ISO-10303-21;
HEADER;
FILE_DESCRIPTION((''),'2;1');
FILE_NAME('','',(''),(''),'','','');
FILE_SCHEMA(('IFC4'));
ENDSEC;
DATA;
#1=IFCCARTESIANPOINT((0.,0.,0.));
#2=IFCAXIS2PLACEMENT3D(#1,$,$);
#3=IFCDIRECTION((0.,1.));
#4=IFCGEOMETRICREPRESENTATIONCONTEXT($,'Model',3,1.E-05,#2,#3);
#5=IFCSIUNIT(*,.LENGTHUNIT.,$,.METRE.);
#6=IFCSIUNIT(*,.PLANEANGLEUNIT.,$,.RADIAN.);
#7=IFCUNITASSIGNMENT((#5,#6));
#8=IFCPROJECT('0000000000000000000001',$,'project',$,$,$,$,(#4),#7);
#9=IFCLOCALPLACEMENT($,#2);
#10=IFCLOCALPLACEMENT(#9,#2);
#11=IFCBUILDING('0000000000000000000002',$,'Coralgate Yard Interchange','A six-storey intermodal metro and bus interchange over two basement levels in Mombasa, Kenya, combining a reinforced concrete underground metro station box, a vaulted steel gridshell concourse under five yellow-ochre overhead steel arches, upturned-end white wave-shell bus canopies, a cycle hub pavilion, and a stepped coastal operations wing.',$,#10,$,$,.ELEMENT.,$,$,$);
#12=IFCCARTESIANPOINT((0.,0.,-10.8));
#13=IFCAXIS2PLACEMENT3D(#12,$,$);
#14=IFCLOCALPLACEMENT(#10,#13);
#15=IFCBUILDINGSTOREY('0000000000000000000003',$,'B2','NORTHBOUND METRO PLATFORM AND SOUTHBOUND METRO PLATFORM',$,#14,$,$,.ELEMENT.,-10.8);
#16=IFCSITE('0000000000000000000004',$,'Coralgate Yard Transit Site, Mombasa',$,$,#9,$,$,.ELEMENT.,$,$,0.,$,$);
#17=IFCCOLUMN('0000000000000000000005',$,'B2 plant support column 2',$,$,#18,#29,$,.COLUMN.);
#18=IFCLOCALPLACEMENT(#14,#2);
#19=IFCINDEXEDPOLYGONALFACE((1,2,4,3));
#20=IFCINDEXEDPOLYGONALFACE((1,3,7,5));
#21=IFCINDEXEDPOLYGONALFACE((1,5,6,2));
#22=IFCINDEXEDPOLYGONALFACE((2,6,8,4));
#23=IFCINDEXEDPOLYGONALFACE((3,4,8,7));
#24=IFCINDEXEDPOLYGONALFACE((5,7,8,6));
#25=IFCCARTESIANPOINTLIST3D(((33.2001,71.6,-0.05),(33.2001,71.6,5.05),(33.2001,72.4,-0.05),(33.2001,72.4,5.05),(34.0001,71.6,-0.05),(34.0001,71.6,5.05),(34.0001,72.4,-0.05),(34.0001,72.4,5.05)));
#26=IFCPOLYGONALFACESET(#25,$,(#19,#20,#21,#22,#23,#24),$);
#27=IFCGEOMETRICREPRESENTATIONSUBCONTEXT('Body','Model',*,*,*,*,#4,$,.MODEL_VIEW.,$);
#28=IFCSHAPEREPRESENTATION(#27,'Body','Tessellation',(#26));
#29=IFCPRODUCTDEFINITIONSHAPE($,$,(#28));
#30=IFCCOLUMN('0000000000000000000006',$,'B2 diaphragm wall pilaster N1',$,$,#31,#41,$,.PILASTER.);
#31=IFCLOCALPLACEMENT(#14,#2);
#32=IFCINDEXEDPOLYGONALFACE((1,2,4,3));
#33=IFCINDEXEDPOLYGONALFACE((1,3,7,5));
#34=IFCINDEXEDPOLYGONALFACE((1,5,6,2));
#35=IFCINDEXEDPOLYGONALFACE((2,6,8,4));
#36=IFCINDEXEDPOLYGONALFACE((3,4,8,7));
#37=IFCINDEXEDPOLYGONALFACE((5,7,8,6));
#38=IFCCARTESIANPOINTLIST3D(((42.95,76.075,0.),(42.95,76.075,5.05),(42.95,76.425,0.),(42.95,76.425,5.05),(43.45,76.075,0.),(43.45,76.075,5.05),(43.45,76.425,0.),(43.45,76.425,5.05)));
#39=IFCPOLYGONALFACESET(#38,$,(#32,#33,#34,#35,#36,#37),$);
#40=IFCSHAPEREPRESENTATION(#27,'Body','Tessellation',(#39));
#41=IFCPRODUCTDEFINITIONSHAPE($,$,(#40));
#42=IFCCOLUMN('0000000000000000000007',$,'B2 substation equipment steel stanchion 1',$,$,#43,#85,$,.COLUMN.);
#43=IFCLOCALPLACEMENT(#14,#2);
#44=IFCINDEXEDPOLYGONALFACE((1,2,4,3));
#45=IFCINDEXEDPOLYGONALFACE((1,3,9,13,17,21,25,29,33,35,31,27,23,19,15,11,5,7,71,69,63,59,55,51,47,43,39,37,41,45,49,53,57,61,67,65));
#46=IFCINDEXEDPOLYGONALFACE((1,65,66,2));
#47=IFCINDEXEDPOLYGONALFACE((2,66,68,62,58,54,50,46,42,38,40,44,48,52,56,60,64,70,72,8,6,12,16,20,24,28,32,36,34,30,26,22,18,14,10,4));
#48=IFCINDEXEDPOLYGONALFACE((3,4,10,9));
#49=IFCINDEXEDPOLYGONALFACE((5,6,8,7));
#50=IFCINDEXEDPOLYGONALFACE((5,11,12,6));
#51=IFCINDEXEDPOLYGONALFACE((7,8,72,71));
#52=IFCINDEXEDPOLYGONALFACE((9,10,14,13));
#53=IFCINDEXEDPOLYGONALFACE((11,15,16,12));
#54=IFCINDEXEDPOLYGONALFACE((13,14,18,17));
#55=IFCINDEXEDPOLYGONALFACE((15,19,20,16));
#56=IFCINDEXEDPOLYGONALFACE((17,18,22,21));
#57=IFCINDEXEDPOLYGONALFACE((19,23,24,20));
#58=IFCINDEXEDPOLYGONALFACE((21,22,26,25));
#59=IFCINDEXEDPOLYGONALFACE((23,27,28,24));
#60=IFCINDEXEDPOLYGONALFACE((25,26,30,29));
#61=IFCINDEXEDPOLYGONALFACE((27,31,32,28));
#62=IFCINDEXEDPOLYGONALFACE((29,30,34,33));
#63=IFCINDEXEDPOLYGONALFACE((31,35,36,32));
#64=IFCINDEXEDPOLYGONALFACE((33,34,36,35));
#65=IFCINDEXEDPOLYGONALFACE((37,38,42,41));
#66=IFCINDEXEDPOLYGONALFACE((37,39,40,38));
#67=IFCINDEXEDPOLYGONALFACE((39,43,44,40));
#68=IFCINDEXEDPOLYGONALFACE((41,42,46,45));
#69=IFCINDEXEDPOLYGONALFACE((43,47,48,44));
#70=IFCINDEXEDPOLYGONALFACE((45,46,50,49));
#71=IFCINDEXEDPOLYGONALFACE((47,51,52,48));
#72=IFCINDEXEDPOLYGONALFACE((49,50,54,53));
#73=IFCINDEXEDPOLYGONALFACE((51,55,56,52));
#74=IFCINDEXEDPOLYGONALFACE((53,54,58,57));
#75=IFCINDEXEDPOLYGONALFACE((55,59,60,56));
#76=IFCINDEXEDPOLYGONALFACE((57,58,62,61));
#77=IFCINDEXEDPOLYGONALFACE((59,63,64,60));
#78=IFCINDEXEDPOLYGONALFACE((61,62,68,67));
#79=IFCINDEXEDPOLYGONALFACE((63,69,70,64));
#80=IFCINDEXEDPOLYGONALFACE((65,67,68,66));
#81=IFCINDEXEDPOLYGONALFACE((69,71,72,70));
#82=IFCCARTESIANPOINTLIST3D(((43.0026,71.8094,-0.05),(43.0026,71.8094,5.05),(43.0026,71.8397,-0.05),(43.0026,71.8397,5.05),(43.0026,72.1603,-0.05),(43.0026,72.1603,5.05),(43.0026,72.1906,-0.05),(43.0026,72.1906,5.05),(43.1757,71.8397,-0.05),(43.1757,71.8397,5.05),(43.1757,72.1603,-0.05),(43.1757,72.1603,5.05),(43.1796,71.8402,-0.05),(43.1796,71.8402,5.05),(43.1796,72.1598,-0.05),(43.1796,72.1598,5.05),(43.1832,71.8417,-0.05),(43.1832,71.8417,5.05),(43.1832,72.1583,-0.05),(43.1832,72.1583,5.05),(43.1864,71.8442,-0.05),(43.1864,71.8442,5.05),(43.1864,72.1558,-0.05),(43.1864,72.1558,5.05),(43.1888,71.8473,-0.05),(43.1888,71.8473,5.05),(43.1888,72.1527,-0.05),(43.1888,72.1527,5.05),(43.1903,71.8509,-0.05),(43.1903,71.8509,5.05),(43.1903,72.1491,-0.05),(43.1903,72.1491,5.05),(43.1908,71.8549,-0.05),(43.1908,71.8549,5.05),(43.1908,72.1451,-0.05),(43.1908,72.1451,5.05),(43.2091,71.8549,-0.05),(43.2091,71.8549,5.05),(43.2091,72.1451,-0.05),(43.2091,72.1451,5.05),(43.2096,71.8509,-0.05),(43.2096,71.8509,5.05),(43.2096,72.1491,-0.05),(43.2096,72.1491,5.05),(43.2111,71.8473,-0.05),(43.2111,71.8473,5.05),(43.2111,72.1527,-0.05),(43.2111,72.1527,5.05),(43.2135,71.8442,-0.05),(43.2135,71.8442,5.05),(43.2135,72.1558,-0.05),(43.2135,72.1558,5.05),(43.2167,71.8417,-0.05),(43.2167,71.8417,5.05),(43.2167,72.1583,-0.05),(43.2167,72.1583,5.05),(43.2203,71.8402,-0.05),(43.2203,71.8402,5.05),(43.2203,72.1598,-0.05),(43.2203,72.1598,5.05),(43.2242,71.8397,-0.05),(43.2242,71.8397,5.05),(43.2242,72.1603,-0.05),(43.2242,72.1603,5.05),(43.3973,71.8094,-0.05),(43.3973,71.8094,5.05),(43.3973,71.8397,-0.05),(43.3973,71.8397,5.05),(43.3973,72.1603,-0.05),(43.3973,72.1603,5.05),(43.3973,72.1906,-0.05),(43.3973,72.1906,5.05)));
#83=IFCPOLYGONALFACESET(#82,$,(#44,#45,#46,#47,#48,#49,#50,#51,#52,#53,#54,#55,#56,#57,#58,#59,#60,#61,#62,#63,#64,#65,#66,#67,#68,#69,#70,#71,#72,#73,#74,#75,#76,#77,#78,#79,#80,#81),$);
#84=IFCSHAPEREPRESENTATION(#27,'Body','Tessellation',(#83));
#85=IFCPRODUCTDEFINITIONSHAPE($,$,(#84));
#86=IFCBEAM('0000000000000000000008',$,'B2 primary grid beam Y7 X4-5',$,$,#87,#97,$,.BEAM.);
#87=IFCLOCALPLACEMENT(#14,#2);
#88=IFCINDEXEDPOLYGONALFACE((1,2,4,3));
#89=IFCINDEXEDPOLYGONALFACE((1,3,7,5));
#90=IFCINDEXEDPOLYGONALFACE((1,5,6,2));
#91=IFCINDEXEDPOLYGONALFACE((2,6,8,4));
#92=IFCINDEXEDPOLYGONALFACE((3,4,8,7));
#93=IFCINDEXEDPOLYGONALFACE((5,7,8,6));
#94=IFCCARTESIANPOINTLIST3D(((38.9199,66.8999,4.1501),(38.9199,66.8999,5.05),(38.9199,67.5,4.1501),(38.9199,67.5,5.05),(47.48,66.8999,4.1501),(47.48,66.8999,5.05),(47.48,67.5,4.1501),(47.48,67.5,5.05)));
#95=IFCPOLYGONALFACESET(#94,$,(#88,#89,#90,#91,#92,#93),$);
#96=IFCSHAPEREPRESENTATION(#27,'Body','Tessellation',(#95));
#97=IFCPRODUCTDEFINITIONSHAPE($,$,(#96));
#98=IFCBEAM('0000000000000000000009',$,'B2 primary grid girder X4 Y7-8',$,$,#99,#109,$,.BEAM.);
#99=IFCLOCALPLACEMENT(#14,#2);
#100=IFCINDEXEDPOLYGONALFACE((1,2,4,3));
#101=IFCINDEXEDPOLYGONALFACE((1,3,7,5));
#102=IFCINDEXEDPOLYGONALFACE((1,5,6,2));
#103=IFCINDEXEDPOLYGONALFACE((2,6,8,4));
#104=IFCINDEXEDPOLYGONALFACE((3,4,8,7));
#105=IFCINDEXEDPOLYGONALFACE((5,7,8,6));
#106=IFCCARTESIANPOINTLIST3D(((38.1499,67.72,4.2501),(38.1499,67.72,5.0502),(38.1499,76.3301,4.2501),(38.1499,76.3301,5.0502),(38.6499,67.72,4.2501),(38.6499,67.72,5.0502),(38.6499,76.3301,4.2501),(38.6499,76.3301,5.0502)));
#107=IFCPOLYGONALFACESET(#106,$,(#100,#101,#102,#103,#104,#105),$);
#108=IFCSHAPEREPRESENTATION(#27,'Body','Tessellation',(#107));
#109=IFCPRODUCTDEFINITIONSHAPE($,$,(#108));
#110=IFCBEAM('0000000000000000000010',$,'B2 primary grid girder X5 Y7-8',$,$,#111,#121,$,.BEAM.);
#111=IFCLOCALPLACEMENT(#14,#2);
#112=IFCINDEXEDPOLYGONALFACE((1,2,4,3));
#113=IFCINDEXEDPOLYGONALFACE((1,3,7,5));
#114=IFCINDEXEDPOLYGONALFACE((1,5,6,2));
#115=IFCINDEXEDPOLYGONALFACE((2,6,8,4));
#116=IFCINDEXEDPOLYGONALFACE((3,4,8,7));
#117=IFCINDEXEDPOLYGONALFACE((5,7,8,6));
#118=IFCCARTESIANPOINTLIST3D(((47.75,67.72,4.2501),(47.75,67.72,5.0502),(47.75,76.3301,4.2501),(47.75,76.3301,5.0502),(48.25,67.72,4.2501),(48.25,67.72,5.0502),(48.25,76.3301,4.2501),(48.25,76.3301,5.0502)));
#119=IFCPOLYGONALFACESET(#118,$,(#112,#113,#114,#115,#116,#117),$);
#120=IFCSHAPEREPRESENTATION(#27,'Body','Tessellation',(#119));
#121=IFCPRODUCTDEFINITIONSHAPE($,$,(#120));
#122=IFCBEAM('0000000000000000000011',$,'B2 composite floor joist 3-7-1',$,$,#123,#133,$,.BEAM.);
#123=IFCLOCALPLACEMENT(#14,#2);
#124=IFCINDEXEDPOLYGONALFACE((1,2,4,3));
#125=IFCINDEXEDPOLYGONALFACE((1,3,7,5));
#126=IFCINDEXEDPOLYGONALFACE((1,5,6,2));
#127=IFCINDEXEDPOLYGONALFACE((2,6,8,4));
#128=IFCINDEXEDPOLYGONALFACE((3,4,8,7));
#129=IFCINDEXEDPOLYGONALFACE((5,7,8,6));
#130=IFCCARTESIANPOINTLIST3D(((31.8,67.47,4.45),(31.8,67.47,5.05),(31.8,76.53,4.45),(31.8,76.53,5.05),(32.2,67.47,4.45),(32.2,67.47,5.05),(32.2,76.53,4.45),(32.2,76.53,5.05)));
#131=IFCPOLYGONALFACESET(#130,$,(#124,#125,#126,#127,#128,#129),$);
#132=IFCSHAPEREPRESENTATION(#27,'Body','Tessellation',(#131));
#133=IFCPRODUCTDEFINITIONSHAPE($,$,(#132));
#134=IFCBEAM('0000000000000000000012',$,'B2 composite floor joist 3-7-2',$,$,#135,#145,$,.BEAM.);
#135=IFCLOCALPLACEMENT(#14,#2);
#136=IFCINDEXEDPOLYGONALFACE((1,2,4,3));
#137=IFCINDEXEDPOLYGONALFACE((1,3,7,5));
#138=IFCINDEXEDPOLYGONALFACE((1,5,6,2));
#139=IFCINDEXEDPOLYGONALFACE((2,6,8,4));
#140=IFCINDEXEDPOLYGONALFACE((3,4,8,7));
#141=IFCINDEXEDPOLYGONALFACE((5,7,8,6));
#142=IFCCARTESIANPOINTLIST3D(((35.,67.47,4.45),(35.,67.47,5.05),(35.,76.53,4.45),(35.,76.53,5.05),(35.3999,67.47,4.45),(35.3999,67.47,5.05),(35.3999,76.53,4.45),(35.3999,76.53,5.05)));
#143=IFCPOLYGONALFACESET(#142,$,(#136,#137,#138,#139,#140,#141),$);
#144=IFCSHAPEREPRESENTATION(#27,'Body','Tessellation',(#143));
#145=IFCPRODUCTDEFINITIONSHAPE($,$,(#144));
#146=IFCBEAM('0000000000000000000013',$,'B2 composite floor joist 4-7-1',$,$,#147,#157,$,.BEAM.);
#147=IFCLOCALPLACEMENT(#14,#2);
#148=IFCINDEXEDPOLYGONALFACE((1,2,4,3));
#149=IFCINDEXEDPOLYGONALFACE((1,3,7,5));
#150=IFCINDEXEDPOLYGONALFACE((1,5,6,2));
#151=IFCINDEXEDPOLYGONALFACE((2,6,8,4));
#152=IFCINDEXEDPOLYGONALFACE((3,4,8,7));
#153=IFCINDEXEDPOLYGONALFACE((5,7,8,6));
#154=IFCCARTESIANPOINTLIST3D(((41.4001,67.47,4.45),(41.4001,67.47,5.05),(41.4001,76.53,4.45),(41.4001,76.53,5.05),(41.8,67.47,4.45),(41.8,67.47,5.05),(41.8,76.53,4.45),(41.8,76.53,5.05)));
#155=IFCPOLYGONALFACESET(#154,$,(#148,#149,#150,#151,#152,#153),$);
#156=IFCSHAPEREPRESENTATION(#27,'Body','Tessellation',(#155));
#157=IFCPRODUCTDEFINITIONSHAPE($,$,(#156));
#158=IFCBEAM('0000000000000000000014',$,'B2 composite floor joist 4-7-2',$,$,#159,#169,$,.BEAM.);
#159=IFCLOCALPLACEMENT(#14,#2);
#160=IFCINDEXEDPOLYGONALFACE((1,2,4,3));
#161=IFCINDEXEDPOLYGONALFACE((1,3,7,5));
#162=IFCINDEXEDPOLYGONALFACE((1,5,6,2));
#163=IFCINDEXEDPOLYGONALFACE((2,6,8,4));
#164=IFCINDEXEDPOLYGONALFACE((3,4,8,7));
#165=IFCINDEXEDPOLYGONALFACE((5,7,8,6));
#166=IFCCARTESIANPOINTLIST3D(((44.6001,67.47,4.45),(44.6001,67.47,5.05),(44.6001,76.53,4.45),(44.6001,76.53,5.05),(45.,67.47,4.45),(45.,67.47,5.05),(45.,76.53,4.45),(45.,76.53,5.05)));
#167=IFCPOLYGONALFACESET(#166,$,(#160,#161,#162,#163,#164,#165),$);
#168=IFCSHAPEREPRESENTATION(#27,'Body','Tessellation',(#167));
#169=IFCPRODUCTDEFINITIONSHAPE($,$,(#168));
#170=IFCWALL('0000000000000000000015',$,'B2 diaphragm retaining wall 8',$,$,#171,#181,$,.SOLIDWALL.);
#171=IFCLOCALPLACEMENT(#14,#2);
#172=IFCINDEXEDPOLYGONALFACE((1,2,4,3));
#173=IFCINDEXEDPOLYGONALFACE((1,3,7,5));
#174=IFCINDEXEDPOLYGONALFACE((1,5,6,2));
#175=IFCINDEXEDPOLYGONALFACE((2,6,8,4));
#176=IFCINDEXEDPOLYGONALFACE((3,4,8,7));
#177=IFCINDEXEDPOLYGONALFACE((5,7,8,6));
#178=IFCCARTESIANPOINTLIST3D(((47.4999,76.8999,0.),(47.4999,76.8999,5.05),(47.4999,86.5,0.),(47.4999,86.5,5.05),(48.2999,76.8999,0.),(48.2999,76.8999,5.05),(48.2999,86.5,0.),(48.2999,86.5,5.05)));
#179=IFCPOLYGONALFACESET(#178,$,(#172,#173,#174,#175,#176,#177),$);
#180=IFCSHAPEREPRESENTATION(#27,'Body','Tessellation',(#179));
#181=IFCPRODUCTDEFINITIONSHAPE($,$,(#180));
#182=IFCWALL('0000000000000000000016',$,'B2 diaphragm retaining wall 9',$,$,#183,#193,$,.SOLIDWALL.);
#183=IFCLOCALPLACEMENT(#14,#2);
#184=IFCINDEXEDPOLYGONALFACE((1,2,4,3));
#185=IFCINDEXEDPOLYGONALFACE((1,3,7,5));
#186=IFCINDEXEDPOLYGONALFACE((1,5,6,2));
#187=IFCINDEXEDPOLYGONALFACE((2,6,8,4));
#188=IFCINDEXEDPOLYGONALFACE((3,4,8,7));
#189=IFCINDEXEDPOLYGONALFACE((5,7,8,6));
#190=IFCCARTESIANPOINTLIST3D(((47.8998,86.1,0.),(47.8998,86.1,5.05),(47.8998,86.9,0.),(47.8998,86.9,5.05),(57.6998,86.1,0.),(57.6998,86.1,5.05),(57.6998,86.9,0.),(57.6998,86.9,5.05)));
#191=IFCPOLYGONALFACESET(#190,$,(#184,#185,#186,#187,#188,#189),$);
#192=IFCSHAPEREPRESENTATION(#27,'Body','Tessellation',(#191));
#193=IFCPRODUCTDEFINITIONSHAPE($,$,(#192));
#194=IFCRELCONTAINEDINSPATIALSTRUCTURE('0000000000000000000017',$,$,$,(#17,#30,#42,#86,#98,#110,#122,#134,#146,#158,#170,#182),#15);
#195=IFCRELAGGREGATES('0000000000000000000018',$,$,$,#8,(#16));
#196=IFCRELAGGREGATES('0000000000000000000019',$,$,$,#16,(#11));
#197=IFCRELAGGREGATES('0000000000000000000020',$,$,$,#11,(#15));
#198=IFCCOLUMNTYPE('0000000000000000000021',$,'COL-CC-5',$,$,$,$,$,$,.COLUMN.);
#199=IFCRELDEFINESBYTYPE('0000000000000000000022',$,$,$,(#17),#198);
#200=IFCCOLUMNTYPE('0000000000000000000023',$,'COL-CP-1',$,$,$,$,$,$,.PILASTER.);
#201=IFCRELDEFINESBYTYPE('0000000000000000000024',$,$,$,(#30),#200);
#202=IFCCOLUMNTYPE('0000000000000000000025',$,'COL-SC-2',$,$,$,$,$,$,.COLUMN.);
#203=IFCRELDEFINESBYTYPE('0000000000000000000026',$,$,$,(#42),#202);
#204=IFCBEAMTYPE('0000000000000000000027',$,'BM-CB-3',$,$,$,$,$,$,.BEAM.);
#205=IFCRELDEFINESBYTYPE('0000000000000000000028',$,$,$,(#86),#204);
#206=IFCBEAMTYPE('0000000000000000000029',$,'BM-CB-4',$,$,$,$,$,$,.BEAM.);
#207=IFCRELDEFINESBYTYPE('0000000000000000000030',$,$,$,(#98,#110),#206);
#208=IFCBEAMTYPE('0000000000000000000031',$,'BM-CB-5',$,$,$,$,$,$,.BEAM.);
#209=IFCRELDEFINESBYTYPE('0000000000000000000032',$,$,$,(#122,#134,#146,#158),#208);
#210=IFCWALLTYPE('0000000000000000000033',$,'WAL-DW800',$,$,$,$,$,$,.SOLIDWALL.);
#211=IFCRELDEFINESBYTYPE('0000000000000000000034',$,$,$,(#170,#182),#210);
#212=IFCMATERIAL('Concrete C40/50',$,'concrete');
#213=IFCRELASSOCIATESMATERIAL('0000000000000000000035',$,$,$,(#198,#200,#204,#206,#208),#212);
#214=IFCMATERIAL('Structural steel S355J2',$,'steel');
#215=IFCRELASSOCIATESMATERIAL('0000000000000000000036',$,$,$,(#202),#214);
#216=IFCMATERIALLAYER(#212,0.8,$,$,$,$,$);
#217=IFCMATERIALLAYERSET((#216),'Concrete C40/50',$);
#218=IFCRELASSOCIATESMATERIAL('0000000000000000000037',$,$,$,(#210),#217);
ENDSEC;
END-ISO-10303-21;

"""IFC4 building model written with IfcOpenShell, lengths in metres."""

from ifc_helpers import new_model, si_unit, direction, frame, frame_2d, origin, origin_2d, place, context, subcontext, project, spatial, rectangle, i_section, extrude, material, layer, layer_set, material_profile, profile_set, type_object, element, save


model = new_model("IFC4")

# Units and contexts
model_context = context("Model", 3, precision=1e-05, world=origin(), true_north=direction((0.0, 1.0)))
body_context = subcontext(model_context, "Body", "Model", "MODEL_VIEW")
ifc_project = project(units=[si_unit("LENGTHUNIT", "METRE"), si_unit("PLANEANGLEUNIT", "RADIAN")], contexts=[model_context])

# Site, building, storey
site_placement = place(None, origin())
site = spatial("IfcSite", under=ifc_project, at=site_placement, Name="Coralgate Yard Transit Site, Mombasa", CompositionType="ELEMENT", RefElevation=0.0)
building_placement = place(site_placement, origin())
building = spatial("IfcBuilding", under=site, at=building_placement, Name="Coralgate Yard Interchange", Description="A six-storey intermodal metro and bus interchange over two basement levels in Mombasa, Kenya, combining a reinforced concrete underground metro station box, a vaulted steel gridshell concourse under five yellow-ochre overhead steel arches, upturned-end white wave-shell bus canopies, a cycle hub pavilion, and a stepped coastal operations wing.", CompositionType="ELEMENT")
storey_placement = place(building_placement, frame((0.0, 0.0, -10.8)))
storey = spatial("IfcBuildingStorey", under=building, at=storey_placement, Name="B2", Description="NORTHBOUND METRO PLATFORM AND SOUTHBOUND METRO PLATFORM", CompositionType="ELEMENT", Elevation=-10.8)

# Shared definitions
ifc_material_1 = material(Name="Concrete C40/50", Category="concrete")

# Columns
ifc_material_profile_1 = material_profile(ifc_material_1, rectangle(XDim=0.8, YDim=0.8, at=origin_2d()), Name="RC 800x800")
ifc_profile_set_1 = profile_set([ifc_material_profile_1], Name="Concrete C40/50")
column_type_1 = type_object("IfcColumnType", Name="COL-CC-5", PredefinedType="COLUMN", material=ifc_profile_set_1)
column_1_placement = place(storey_placement, frame((33.6001, 72.0, -0.05), z_axis=(0.0, 0.0, 1.0), x_axis=(1.0, 0.0, 0.0)))
element("IfcColumn", 1, at=column_1_placement, inside=storey, type_object=column_type_1, Name="B2 plant support column 2", PredefinedType="COLUMN", context=body_context, shape_type="SweptSolid", body=[
    extrude(rectangle(XDim=0.8, YDim=0.8, at=origin_2d()), origin(), (0.0, 0.0, 1.0), 5.1001),
])
ifc_material_profile_2 = material_profile(ifc_material_1, rectangle(XDim=0.5, YDim=0.3501, at=origin_2d()), Name="RC 500x350")
ifc_profile_set_2 = profile_set([ifc_material_profile_2], Name="Concrete C40/50")
column_type_2 = type_object("IfcColumnType", Name="COL-CP-1", PredefinedType="PILASTER", material=ifc_profile_set_2)
column_2_placement = place(storey_placement, frame((43.2, 76.25, 0.0), z_axis=(0.0, 0.0, 1.0), x_axis=(1.0, 0.0, 0.0)))
element("IfcColumn", 2, at=column_2_placement, inside=storey, type_object=column_type_2, Name="B2 diaphragm wall pilaster N1", PredefinedType="PILASTER", context=body_context, shape_type="SweptSolid", body=[
    extrude(rectangle(XDim=0.5, YDim=0.3501, at=origin_2d()), origin(), (0.0, 0.0, 1.0), 5.05),
])
ifc_material_2 = material(Name="Structural steel S355J2", Category="steel")
ifc_material_profile_3 = material_profile(ifc_material_2, i_section(OverallWidth=0.3948, OverallDepth=0.3811, WebThickness=0.0183, FlangeThickness=0.0303, FilletRadius=0.0151, at=origin_2d()), Name="UC 356x406x235")
ifc_profile_set_3 = profile_set([ifc_material_profile_3], Name="Structural steel S355J2")
column_type_3 = type_object("IfcColumnType", Name="COL-SC-2", PredefinedType="COLUMN", material=ifc_profile_set_3)
column_3_placement = place(storey_placement, frame((43.2, 72.0, -0.05), z_axis=(0.0, 0.0, 1.0), x_axis=(1.0, 0.0, 0.0)))
element("IfcColumn", 3, at=column_3_placement, inside=storey, type_object=column_type_3, Name="B2 substation equipment steel stanchion 1", PredefinedType="COLUMN", context=body_context, shape_type="SweptSolid", body=[
    extrude(i_section(OverallWidth=0.3948, OverallDepth=0.3811, WebThickness=0.0183, FlangeThickness=0.0303, FilletRadius=0.0151, at=origin_2d()), origin(), (0.0, 0.0, 1.0), 5.1001),
])

# Beams
ifc_material_profile_4 = material_profile(ifc_material_1, rectangle(XDim=0.6001, YDim=0.8999, at=origin_2d()), Name="RC 600x900")
ifc_profile_set_4 = profile_set([ifc_material_profile_4], Name="Concrete C40/50")
beam_type_1 = type_object("IfcBeamType", Name="BM-CB-3", PredefinedType="BEAM", material=ifc_profile_set_4)
beam_placement = place(storey_placement, frame((38.9199, 67.2, 4.6001), z_axis=(1.0, 0.0, 0.0), x_axis=(0.0, 1.0, 0.0)))
element("IfcBeam", 4, at=beam_placement, inside=storey, type_object=beam_type_1, Name="B2 primary grid beam Y7 X4-5", PredefinedType="BEAM", context=body_context, shape_type="SweptSolid", body=[
    extrude(rectangle(XDim=0.6001, YDim=0.8999, at=origin_2d()), origin(), (0.0, 0.0, 1.0), 8.5601),
])
ifc_material_profile_5 = material_profile(ifc_material_1, rectangle(XDim=0.5, YDim=0.8, at=origin_2d()), Name="RC 500x800")
ifc_profile_set_5 = profile_set([ifc_material_profile_5], Name="Concrete C40/50")
beam_type_2 = type_object("IfcBeamType", Name="BM-CB-4", PredefinedType="BEAM", material=ifc_profile_set_5)
for number, where, z_axis, x_axis, name in (
    (5, (38.3999, 67.72, 4.6501), (0.0, 1.0, 0.0), (-1.0, 0.0, 0.0), "B2 primary grid girder X4 Y7-8"),
    (6, (48.0, 67.72, 4.6501), (0.0, 1.0, 0.0), (-1.0, 0.0, 0.0), "B2 primary grid girder X5 Y7-8"),
):
    element("IfcBeam", number, at=place(storey_placement, frame(where, z_axis=z_axis, x_axis=x_axis)), inside=storey, type_object=beam_type_2, Name=name, PredefinedType="BEAM", context=body_context, shape_type="SweptSolid", body=[
        extrude(rectangle(XDim=0.5, YDim=0.8, at=origin_2d()), origin(), (0.0, 0.0, 1.0), 8.6101),
    ])
ifc_material_profile_6 = material_profile(ifc_material_1, rectangle(XDim=0.3999, YDim=0.6001, at=origin_2d()), Name="RC 400x600")
ifc_profile_set_6 = profile_set([ifc_material_profile_6], Name="Concrete C40/50")
beam_type_3 = type_object("IfcBeamType", Name="BM-CB-5", PredefinedType="BEAM", material=ifc_profile_set_6)
for number, where, z_axis, x_axis, name in (
    (7, (32.0, 67.47, 4.75), (0.0, 1.0, 0.0), (-1.0, 0.0, 0.0), "B2 composite floor joist 3-7-1"),
    (8, (35.2, 67.47, 4.75), (0.0, 1.0, 0.0), (-1.0, 0.0, 0.0), "B2 composite floor joist 3-7-2"),
    (9, (41.6001, 67.47, 4.75), (0.0, 1.0, 0.0), (-1.0, 0.0, 0.0), "B2 composite floor joist 4-7-1"),
    (10, (44.8, 67.47, 4.75), (0.0, 1.0, 0.0), (-1.0, 0.0, 0.0), "B2 composite floor joist 4-7-2"),
):
    element("IfcBeam", number, at=place(storey_placement, frame(where, z_axis=z_axis, x_axis=x_axis)), inside=storey, type_object=beam_type_3, Name=name, PredefinedType="BEAM", context=body_context, shape_type="SweptSolid", body=[
        extrude(rectangle(XDim=0.3999, YDim=0.6001, at=origin_2d()), origin(), (0.0, 0.0, 1.0), 9.0601),
    ])

# Walls
ifc_layer_1 = layer(ifc_material_1, 0.8)
ifc_layer_set_1 = layer_set([ifc_layer_1], Name="Concrete C40/50")
wall_type_1 = type_object("IfcWallType", Name="WAL-DW800", PredefinedType="SOLIDWALL", material=ifc_layer_set_1)
wall_1_placement = place(storey_placement, frame((47.8999, 76.8999, 0.0), z_axis=(0.0, 0.0, 1.0), x_axis=(0.0, 1.0, 0.0)))
element("IfcWall", 11, at=wall_1_placement, inside=storey, type_object=wall_type_1, Name="B2 diaphragm retaining wall 8", PredefinedType="SOLIDWALL", context=body_context, shape_type="SweptSolid", body=[
    extrude(rectangle(XDim=9.6001, YDim=0.8, at=frame_2d((4.8, 0.0))), origin(), (0.0, 0.0, 1.0), 5.05),
])
wall_2_placement = place(storey_placement, frame((47.8999, 86.5, 0.0), z_axis=(0.0, 0.0, 1.0), x_axis=(1.0, 0.0, 0.0)))
element("IfcWall", 12, at=wall_2_placement, inside=storey, type_object=wall_type_1, Name="B2 diaphragm retaining wall 9", PredefinedType="SOLIDWALL", context=body_context, shape_type="SweptSolid", body=[
    extrude(rectangle(XDim=9.8, YDim=0.8, at=frame_2d((4.8999, 0.0))), origin(), (0.0, 0.0, 1.0), 5.05),
])

save(model, "model.ifc")
